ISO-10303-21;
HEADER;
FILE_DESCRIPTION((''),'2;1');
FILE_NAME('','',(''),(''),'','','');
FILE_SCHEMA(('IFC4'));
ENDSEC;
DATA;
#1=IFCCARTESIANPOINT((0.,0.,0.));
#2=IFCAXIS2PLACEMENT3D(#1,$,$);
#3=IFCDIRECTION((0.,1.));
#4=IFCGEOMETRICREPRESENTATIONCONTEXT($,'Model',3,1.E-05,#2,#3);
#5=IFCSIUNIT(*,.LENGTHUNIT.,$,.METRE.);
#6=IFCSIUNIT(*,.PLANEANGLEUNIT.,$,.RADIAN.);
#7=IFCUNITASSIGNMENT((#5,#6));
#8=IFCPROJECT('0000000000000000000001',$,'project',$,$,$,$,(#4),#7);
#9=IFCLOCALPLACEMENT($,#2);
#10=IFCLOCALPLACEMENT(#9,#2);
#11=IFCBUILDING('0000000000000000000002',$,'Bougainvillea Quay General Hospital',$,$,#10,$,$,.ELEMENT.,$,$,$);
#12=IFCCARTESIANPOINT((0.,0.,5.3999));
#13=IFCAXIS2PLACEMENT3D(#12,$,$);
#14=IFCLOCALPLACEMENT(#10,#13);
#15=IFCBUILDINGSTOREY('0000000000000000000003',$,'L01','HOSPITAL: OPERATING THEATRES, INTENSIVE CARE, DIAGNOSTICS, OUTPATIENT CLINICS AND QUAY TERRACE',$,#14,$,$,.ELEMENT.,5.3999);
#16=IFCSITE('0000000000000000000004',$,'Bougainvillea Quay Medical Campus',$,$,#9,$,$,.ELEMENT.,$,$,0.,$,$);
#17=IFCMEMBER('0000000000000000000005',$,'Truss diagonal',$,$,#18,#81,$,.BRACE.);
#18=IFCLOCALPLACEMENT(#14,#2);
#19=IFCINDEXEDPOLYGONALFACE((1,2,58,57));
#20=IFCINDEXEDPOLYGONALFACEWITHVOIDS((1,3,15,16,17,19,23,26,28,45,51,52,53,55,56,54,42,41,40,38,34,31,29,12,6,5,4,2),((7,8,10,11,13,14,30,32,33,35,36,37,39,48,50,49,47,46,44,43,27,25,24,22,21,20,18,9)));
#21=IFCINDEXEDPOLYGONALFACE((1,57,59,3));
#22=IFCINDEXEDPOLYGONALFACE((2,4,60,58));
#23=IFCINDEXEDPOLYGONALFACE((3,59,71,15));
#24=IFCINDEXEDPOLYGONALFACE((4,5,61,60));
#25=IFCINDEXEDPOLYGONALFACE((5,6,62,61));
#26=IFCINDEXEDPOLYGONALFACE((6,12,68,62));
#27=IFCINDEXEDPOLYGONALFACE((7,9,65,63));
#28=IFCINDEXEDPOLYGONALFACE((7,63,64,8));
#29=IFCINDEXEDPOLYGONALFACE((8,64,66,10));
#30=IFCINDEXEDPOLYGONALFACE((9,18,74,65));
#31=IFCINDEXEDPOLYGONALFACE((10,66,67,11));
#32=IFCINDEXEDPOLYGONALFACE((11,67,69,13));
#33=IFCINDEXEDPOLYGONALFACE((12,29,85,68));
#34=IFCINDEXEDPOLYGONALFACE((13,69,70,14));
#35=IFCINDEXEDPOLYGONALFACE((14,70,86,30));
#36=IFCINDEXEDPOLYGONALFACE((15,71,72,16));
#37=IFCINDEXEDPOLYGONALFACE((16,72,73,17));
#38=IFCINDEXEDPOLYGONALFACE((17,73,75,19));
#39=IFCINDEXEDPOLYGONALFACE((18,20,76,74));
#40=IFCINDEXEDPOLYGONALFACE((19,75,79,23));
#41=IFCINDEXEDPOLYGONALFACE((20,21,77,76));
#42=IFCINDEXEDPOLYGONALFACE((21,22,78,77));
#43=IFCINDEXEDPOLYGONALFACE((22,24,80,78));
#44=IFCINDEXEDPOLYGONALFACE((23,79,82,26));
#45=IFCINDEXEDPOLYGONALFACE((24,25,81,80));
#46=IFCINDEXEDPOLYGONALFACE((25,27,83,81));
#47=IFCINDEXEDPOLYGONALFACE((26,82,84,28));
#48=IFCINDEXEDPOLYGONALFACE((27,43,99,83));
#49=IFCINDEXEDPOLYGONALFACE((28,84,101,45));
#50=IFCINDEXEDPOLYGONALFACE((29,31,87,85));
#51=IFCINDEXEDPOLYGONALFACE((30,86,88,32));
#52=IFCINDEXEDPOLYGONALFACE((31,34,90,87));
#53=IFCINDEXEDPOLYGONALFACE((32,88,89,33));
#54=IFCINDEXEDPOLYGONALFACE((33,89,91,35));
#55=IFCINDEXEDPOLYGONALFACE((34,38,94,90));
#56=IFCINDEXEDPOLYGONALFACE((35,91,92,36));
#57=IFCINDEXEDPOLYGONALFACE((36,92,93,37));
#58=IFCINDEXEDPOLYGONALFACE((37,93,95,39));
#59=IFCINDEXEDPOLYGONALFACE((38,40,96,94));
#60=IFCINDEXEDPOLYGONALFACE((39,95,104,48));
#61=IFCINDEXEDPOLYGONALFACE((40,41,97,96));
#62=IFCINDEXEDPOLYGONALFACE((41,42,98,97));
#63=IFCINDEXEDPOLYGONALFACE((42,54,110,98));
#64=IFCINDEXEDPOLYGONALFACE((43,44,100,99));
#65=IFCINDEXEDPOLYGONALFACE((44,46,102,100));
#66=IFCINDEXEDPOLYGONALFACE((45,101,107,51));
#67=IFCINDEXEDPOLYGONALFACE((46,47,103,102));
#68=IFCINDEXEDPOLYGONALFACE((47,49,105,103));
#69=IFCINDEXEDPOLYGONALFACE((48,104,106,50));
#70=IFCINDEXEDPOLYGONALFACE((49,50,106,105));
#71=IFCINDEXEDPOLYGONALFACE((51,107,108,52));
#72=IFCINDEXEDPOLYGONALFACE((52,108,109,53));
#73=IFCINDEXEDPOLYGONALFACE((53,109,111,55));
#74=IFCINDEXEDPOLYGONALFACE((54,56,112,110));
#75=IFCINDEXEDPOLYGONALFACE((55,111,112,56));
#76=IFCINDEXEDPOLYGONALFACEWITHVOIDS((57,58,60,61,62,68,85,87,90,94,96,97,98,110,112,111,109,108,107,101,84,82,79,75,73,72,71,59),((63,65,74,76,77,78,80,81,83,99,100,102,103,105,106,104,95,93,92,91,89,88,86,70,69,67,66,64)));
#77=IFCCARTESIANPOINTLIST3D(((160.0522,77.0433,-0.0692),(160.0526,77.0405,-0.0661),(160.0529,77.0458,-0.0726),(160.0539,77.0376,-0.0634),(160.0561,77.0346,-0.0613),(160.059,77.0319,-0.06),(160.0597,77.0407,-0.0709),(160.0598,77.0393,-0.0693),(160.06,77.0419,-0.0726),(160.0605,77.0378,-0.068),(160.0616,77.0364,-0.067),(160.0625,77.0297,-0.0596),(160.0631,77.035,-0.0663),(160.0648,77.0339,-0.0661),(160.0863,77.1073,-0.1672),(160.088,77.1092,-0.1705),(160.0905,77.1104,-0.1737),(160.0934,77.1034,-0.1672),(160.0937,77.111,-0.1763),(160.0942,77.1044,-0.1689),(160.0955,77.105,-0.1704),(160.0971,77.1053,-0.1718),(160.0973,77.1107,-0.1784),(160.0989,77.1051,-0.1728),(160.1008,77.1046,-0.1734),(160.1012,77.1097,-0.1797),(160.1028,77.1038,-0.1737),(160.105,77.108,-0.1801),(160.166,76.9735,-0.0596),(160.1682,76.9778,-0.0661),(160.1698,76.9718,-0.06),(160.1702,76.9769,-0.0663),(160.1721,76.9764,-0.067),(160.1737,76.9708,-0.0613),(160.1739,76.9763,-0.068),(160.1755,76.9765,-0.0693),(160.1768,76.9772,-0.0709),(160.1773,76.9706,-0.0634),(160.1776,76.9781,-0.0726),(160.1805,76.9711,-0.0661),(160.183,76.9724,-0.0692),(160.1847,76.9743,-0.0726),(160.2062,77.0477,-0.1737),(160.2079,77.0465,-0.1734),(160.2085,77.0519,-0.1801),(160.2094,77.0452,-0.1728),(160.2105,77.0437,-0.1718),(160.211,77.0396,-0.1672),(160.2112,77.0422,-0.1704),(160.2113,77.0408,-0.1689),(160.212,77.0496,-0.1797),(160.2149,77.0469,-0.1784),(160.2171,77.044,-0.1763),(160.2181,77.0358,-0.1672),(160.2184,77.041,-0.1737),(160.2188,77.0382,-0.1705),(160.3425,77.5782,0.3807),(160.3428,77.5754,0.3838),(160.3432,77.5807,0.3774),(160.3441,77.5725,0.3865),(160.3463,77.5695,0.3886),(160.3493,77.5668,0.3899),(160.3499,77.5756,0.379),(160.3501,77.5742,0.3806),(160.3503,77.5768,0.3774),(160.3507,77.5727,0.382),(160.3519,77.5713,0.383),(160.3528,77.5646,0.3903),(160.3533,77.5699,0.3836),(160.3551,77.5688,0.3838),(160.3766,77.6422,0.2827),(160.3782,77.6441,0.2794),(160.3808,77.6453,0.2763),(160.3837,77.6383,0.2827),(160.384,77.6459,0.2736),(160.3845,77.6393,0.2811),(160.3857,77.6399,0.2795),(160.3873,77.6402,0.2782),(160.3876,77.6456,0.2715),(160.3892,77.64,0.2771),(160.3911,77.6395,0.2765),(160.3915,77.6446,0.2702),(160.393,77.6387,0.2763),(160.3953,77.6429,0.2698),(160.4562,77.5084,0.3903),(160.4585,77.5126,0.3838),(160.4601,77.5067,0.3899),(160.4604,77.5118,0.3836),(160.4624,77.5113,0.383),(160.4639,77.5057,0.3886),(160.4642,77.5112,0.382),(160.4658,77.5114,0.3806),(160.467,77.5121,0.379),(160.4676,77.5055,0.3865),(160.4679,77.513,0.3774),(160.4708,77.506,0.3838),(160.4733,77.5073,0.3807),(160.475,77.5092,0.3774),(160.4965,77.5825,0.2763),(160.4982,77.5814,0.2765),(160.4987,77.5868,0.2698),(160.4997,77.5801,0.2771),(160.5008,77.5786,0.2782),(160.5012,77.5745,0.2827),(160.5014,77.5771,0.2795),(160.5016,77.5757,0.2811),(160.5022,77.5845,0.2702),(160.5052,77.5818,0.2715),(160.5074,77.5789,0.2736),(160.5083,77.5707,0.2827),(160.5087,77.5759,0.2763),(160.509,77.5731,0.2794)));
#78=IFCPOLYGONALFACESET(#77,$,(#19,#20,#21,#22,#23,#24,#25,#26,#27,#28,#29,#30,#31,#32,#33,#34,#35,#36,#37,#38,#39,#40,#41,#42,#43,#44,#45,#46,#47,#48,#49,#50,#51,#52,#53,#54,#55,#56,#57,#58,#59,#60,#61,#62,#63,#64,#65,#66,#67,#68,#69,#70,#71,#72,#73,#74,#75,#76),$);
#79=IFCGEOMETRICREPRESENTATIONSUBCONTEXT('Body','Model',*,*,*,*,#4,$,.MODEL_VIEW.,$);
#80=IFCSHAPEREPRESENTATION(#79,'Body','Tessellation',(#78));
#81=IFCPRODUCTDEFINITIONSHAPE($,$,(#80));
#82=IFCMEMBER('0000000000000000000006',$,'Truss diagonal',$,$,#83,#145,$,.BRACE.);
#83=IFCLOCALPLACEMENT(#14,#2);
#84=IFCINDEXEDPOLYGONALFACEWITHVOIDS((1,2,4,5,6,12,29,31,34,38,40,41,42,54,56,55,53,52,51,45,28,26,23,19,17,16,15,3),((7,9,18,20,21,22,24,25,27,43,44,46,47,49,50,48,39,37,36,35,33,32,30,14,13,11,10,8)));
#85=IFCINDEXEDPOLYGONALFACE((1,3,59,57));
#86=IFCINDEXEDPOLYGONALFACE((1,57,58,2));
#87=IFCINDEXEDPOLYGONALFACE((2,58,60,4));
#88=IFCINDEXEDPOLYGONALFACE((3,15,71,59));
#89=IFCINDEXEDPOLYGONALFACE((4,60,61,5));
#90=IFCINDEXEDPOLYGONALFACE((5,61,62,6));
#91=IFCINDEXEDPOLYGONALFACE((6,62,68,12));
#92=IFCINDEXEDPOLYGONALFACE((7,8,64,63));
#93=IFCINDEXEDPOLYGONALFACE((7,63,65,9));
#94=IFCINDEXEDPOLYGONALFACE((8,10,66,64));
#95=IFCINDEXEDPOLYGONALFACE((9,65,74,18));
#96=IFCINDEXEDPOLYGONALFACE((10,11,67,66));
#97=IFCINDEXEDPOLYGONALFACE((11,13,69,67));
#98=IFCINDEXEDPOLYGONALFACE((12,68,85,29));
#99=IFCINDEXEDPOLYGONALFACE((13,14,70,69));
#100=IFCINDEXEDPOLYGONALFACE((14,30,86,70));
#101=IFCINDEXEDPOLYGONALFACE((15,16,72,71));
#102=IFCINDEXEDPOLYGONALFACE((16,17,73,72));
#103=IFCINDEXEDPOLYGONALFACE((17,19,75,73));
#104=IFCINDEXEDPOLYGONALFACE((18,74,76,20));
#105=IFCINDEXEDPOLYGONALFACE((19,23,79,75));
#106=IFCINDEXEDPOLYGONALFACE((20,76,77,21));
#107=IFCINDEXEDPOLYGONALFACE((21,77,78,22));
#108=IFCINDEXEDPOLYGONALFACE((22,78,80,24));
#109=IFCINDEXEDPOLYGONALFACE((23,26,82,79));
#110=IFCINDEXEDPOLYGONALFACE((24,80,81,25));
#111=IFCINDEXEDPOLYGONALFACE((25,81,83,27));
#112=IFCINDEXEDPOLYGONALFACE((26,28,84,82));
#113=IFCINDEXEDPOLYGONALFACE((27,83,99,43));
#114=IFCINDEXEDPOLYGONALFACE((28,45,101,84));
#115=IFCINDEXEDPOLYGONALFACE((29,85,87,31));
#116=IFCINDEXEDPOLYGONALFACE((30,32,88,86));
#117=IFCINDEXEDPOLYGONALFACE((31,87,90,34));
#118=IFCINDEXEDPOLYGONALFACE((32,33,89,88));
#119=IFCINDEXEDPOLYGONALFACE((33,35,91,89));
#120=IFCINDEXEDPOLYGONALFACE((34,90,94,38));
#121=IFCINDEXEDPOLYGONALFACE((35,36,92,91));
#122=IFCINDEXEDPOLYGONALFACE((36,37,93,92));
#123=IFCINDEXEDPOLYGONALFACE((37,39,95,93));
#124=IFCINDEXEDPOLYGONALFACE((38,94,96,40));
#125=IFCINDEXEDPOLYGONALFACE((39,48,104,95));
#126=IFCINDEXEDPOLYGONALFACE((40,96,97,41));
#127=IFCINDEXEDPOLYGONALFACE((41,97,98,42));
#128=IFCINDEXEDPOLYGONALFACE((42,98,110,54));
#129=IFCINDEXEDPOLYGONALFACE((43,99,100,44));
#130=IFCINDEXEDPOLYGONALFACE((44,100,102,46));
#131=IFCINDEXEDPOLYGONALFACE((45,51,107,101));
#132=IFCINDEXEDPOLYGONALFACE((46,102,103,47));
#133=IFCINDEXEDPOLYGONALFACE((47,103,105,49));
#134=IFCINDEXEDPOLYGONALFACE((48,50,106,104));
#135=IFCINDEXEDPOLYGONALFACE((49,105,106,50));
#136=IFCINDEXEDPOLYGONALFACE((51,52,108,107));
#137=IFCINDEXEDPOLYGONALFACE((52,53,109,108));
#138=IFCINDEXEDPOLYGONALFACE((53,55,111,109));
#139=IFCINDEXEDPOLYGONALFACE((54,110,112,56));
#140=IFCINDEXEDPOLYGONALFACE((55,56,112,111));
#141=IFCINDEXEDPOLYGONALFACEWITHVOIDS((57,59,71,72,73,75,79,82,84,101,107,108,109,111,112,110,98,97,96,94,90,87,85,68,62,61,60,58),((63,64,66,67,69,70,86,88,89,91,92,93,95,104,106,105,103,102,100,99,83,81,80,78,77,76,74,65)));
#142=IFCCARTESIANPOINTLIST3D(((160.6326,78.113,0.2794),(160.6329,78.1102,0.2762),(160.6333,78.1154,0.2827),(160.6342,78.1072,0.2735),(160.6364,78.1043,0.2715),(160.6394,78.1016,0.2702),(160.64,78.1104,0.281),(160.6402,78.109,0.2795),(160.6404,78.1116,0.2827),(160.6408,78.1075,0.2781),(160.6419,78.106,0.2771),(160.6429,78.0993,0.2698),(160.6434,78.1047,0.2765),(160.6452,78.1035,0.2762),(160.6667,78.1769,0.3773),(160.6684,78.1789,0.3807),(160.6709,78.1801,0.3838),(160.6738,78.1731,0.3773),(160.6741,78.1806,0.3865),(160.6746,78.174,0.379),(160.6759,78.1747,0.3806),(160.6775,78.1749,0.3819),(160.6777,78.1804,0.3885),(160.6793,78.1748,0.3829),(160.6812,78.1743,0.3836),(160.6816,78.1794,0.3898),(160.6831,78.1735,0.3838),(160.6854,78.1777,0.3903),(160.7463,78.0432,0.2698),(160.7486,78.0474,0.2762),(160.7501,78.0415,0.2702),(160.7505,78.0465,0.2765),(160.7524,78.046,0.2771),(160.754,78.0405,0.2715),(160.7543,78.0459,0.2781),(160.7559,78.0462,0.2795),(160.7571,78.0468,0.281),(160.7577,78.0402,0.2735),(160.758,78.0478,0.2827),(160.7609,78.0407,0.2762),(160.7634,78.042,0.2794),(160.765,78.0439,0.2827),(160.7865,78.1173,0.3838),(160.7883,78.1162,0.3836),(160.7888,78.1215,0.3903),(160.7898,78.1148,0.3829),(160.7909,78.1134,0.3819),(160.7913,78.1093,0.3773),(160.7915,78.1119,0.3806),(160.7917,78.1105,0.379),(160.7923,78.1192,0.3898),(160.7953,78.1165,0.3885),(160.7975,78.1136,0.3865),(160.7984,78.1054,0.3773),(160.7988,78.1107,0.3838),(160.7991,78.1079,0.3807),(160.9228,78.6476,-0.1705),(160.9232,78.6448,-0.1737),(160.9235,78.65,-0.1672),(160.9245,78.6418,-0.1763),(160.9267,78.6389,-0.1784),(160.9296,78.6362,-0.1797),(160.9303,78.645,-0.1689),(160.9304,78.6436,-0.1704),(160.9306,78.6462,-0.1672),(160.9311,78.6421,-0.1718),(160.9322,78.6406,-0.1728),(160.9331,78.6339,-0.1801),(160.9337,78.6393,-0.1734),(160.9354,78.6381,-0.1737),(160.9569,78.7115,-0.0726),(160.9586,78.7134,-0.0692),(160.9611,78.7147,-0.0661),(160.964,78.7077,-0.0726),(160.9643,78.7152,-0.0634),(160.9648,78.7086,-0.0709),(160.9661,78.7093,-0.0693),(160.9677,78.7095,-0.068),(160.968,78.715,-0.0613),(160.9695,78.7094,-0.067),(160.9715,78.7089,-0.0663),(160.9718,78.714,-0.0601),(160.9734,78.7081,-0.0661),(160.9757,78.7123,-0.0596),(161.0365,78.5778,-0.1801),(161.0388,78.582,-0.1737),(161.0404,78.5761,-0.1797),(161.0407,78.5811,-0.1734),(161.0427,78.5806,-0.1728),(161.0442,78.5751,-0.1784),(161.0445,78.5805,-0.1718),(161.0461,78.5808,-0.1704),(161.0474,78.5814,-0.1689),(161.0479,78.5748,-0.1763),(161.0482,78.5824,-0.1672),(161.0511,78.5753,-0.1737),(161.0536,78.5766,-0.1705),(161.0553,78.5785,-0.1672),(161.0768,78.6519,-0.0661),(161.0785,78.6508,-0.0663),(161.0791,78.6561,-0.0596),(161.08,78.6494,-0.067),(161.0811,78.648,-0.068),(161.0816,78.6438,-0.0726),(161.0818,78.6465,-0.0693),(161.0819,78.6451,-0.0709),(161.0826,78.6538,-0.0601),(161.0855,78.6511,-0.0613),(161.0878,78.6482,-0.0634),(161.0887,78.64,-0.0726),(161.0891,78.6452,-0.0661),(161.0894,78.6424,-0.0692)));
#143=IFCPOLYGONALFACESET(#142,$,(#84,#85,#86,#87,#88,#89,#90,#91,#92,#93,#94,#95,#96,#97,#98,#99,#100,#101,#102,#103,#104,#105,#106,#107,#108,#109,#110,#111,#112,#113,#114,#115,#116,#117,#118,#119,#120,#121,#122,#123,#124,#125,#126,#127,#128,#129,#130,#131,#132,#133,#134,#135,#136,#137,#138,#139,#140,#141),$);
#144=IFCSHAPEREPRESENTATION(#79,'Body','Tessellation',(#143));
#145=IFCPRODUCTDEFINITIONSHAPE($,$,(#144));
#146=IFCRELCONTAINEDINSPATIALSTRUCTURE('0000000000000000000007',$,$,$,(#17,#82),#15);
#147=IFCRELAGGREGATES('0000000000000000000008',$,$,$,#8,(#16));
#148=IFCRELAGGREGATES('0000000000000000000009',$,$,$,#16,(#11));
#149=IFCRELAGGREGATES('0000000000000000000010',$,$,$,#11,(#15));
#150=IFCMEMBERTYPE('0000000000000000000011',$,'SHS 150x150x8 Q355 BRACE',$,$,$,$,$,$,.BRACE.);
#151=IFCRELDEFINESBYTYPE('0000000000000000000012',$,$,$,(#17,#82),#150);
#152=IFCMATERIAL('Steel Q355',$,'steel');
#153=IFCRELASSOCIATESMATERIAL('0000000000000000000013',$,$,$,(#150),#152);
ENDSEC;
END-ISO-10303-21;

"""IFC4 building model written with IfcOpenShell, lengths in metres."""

from ifc_helpers import new_model, si_unit, direction, frame, origin, origin_2d, place, context, subcontext, project, spatial, hollow_rectangle, extrude, material, material_profile, profile_set, type_object, element, save


model = new_model("IFC4")

# Units and contexts
model_context = context("Model", 3, precision=1e-05, world=origin(), true_north=direction((0.0, 1.0)))
body_context = subcontext(model_context, "Body", "Model", "MODEL_VIEW")
ifc_project = project(units=[si_unit("LENGTHUNIT", "METRE"), si_unit("PLANEANGLEUNIT", "RADIAN")], contexts=[model_context])

# Site, building, storey
site_placement = place(None, origin())
site = spatial("IfcSite", under=ifc_project, at=site_placement, Name="Bougainvillea Quay Medical Campus", CompositionType="ELEMENT", RefElevation=0.0)
building_placement = place(site_placement, origin())
building = spatial("IfcBuilding", under=site, at=building_placement, Name="Bougainvillea Quay General Hospital", CompositionType="ELEMENT")
storey_placement = place(building_placement, frame((0.0, 0.0, 5.3999)))
storey = spatial("IfcBuildingStorey", under=building, at=storey_placement, Name="L01", Description="HOSPITAL: OPERATING THEATRES, INTENSIVE CARE, DIAGNOSTICS, OUTPATIENT CLINICS AND QUAY TERRACE", CompositionType="ELEMENT", Elevation=5.3999)

# Members
ifc_material_1 = material(Name="Steel Q355", Category="steel")
ifc_material_profile_1 = material_profile(ifc_material_1, hollow_rectangle(XDim=0.1499, YDim=0.1499, WallThickness=0.0081, InnerFilletRadius=0.0081, OuterFilletRadius=0.0161, at=origin_2d()))
ifc_profile_set_1 = profile_set([ifc_material_profile_1], Name="Steel Q355")
member_type_1 = type_object("IfcMemberType", Name="SHS 150x150x8 Q355 BRACE", PredefinedType="BRACE", material=ifc_profile_set_1)
member_1_placement = place(storey_placement, frame((160.1355, 77.0408, -0.1199), z_axis=(0.383531, 0.706743, 0.59449), x_axis=(-0.878921, 0.476968, 0.0)))
element("IfcMember", 1, at=member_1_placement, inside=storey, type_object=member_type_1, Name="Truss diagonal", PredefinedType="BRACE", context=body_context, shape_type="SweptSolid", body=[
    extrude(hollow_rectangle(XDim=0.1499, YDim=0.1499, WallThickness=0.0081, InnerFilletRadius=0.0081, OuterFilletRadius=0.0161, at=origin_2d()), origin(), (0.0, 0.0, 1.0), 0.7568),
])
for number, where, z_axis, x_axis, name in (
    (2, (161.0061, 78.645, -0.1199), (-0.383619, -0.706581, 0.594625), (0.878829, -0.477136, 0.0), "Truss diagonal"),
):
    element("IfcMember", number, at=place(storey_placement, frame(where, z_axis=z_axis, x_axis=x_axis)), inside=storey, type_object=member_type_1, Name=name, PredefinedType="BRACE", context=body_context, shape_type="SweptSolid", body=[
        extrude(hollow_rectangle(XDim=0.1499, YDim=0.1499, WallThickness=0.0081, InnerFilletRadius=0.0081, OuterFilletRadius=0.0161, at=origin_2d()), origin(), (0.0, 0.0, 1.0), 0.7566),
    ])

save(model, "model.ifc")
